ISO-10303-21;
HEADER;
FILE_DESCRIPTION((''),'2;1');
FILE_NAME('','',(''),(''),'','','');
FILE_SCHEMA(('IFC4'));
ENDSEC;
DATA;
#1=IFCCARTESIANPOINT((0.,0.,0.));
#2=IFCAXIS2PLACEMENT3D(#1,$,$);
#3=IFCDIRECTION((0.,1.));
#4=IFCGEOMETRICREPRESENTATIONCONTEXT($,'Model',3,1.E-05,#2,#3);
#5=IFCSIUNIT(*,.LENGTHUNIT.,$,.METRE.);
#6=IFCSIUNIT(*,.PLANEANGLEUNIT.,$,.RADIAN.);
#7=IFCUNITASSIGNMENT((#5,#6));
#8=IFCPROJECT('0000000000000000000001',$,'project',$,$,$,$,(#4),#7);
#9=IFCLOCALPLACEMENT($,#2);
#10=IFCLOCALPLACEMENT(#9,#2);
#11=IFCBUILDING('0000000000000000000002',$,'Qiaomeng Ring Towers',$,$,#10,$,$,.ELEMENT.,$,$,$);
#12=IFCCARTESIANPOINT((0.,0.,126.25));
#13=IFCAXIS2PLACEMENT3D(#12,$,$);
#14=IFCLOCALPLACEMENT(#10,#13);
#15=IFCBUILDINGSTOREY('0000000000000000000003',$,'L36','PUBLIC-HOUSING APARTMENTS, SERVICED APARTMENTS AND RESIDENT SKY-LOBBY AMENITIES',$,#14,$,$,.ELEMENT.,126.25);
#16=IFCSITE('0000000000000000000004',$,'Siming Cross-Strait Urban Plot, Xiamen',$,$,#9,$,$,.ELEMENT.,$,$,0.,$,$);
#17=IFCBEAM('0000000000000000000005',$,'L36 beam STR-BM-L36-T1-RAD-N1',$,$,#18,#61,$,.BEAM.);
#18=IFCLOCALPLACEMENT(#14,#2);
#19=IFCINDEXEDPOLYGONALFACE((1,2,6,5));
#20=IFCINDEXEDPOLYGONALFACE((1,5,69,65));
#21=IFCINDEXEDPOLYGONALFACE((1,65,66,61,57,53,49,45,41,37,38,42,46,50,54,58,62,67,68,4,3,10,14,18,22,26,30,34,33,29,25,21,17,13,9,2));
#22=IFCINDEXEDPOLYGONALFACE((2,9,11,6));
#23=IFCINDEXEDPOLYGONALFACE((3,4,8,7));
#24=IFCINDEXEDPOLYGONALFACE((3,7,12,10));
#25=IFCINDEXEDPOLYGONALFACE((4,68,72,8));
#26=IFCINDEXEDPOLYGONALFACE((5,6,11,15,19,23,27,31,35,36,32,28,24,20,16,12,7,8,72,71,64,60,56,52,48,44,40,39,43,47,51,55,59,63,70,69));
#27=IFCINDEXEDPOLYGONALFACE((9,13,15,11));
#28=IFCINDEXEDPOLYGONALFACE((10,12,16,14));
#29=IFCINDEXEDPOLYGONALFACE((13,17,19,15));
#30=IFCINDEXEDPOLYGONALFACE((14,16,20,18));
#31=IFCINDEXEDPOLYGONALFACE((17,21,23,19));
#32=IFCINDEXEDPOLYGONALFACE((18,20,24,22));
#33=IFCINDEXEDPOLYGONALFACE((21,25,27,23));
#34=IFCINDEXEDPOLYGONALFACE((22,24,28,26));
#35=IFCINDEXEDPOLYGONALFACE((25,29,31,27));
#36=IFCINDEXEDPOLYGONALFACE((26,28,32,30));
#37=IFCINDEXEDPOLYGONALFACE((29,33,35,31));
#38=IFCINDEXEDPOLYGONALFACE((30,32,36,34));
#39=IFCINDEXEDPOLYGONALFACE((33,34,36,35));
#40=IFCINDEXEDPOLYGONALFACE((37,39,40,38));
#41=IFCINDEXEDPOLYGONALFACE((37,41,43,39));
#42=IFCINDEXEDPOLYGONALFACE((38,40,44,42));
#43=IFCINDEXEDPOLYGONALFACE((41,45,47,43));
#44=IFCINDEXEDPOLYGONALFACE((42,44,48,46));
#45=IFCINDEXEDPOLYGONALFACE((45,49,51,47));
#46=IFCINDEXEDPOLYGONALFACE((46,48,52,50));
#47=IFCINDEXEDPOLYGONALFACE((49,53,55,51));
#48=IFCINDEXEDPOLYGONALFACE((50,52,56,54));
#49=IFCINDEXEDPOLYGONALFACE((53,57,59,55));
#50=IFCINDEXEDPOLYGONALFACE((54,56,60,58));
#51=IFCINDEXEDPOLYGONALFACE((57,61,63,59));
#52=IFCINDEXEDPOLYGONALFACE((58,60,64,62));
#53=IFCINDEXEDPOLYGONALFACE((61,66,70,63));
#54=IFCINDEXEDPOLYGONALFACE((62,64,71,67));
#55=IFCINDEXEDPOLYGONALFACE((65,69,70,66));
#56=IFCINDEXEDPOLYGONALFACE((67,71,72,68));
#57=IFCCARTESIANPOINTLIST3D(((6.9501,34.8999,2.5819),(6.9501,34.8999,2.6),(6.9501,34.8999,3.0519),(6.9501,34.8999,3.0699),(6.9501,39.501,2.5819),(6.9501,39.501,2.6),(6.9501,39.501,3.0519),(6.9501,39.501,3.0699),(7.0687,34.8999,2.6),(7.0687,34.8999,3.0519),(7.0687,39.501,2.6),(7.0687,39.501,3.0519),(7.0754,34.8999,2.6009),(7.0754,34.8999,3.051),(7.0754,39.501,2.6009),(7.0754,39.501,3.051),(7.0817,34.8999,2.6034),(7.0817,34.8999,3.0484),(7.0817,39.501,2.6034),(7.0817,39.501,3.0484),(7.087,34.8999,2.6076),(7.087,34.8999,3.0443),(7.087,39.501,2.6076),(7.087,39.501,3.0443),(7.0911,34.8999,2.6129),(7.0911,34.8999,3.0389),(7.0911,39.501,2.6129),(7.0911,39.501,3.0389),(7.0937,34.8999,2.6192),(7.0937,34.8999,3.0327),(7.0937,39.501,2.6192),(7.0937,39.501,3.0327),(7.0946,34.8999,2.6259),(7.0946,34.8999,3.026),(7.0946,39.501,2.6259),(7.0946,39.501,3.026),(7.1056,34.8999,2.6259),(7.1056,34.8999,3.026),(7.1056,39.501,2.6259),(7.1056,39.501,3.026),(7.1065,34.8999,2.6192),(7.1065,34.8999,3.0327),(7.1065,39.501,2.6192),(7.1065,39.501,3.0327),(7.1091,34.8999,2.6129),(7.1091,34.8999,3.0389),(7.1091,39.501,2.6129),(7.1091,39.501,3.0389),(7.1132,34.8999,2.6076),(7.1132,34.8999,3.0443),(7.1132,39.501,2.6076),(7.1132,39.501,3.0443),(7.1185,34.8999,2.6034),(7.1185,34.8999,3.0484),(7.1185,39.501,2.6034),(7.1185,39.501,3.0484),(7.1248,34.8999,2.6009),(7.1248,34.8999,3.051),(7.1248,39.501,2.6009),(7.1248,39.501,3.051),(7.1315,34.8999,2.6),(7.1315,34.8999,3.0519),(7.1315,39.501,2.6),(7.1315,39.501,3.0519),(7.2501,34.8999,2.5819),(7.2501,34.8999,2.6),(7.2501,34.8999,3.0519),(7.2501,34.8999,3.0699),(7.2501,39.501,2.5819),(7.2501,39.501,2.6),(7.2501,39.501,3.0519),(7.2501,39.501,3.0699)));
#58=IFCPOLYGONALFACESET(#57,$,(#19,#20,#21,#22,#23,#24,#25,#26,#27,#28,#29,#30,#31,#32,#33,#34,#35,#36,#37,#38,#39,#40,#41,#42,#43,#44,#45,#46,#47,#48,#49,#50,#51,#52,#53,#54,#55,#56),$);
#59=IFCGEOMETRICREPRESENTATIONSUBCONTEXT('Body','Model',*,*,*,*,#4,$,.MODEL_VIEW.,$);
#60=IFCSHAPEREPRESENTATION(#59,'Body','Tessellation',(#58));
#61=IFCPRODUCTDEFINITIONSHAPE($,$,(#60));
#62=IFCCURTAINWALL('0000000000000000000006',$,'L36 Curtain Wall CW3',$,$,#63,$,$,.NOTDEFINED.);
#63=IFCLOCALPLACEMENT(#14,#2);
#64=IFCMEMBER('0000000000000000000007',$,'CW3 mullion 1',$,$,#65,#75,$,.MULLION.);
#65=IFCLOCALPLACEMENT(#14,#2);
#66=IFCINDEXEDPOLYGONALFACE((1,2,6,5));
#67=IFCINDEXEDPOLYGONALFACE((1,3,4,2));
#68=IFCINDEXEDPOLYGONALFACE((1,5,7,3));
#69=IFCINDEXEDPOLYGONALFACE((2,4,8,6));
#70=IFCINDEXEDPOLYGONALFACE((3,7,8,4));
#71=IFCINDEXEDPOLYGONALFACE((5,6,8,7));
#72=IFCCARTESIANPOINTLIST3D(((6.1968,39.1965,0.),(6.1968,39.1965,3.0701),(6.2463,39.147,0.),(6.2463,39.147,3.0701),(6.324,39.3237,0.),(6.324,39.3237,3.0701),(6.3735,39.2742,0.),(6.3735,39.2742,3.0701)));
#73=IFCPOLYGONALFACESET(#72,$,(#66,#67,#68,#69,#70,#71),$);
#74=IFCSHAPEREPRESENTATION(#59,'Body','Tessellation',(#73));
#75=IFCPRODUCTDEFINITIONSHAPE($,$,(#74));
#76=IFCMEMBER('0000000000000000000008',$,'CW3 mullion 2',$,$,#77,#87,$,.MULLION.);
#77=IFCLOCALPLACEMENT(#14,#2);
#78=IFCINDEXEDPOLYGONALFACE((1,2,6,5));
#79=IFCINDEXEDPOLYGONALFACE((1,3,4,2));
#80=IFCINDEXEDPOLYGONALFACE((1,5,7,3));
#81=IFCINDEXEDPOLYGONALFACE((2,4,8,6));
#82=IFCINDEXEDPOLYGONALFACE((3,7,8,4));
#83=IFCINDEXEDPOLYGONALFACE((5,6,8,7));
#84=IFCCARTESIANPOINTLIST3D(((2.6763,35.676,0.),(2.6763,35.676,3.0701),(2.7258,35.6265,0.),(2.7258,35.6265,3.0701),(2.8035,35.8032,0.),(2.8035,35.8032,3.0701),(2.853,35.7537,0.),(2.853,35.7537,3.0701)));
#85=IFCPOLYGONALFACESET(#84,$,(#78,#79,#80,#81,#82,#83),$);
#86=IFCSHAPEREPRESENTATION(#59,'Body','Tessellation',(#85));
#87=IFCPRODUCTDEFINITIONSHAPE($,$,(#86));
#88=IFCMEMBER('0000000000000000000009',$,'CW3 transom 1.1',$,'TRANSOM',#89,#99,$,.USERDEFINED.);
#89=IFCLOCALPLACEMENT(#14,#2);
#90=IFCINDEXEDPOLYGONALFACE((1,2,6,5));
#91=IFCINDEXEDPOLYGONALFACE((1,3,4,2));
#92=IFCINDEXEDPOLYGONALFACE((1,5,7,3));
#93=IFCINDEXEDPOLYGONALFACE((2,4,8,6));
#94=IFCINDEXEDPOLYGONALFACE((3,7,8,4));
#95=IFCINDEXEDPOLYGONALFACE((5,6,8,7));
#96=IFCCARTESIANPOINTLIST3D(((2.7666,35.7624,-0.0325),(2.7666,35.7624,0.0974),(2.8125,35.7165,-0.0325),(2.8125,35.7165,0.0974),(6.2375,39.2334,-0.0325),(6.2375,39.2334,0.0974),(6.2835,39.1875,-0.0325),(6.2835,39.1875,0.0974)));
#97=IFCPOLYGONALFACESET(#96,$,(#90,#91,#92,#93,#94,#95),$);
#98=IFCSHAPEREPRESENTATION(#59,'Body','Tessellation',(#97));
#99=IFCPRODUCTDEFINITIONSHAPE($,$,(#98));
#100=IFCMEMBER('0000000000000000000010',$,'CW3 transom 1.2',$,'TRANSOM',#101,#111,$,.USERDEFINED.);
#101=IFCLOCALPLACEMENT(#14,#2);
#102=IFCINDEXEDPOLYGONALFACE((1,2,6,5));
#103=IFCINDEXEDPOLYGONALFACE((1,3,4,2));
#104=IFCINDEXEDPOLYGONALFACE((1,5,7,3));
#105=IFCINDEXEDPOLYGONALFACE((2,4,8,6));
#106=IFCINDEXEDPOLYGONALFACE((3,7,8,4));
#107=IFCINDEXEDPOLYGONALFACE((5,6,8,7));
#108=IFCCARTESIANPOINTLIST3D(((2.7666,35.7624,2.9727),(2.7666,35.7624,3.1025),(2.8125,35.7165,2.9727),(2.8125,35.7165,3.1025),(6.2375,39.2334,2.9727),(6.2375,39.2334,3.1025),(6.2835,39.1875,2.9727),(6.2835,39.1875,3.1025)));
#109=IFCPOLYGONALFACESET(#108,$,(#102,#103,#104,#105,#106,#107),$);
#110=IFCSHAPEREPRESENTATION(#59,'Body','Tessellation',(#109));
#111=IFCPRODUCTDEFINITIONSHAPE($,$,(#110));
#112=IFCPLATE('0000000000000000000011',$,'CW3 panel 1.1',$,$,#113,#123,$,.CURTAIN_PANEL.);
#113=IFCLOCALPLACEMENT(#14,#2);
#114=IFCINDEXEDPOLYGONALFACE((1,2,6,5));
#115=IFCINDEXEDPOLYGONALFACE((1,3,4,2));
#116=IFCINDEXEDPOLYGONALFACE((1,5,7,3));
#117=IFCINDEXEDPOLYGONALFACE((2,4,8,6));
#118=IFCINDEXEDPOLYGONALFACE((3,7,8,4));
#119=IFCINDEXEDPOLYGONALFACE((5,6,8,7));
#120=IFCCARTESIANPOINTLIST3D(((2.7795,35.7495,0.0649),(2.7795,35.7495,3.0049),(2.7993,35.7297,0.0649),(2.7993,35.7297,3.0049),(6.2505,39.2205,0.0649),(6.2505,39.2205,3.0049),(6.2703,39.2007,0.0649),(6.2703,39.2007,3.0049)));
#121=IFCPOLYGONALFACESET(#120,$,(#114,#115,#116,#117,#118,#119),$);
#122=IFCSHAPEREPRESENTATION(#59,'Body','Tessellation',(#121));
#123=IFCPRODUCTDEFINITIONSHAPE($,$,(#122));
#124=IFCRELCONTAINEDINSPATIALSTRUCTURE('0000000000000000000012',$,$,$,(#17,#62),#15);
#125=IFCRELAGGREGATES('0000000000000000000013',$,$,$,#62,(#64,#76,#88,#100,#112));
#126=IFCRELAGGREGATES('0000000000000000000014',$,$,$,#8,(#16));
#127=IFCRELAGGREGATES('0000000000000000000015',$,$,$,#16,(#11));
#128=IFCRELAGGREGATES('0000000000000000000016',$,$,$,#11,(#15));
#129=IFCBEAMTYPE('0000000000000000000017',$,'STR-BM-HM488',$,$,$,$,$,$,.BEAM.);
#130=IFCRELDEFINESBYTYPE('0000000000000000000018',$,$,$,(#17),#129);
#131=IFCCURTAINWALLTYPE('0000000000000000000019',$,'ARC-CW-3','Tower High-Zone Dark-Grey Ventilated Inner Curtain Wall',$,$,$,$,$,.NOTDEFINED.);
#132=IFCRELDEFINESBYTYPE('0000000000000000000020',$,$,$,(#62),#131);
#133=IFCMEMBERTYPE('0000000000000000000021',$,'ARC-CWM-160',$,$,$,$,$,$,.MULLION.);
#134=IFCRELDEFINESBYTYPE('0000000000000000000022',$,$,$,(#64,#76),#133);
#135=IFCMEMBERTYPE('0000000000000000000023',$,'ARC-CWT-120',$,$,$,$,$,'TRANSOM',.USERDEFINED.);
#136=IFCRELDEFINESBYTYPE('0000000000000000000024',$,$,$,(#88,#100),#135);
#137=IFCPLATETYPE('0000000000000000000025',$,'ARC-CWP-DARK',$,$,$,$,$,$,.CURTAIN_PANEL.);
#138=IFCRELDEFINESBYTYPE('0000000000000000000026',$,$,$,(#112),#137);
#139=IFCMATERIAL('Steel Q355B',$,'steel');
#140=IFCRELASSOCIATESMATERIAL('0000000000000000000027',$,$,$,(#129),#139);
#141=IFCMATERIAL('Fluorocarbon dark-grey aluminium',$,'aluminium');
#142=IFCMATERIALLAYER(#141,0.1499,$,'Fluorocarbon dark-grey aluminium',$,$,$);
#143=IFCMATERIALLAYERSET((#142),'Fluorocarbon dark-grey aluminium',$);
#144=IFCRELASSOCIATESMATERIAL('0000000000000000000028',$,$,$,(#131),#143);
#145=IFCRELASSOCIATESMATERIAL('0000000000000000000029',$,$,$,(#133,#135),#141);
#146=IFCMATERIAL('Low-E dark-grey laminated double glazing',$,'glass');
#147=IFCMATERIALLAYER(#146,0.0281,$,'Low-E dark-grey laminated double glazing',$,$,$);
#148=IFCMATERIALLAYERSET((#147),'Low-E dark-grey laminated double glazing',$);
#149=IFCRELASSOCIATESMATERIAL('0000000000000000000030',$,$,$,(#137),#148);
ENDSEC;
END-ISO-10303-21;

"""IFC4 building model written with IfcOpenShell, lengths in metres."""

from ifc_helpers import new_model, si_unit, direction, frame, origin, origin_2d, place, context, subcontext, project, spatial, rectangle, i_section, extrude, source, transform, mapped, material, layer, layer_set, material_profile, profile_set, type_object, element, aggregate, save


model = new_model("IFC4")

# Units and contexts
model_context = context("Model", 3, precision=1e-05, world=origin(), true_north=direction((0.0, 1.0)))
body_context = subcontext(model_context, "Body", "Model", "MODEL_VIEW")
ifc_project = project(units=[si_unit("LENGTHUNIT", "METRE"), si_unit("PLANEANGLEUNIT", "RADIAN")], contexts=[model_context])

# Site, building, storey
site_placement = place(None, origin())
site = spatial("IfcSite", under=ifc_project, at=site_placement, Name="Siming Cross-Strait Urban Plot, Xiamen", CompositionType="ELEMENT", RefElevation=0.0)
building_placement = place(site_placement, origin())
building = spatial("IfcBuilding", under=site, at=building_placement, Name="Qiaomeng Ring Towers", CompositionType="ELEMENT")
storey_placement = place(building_placement, frame((0.0, 0.0, 126.25)))
storey = spatial("IfcBuildingStorey", under=building, at=storey_placement, Name="L36", Description="PUBLIC-HOUSING APARTMENTS, SERVICED APARTMENTS AND RESIDENT SKY-LOBBY AMENITIES", CompositionType="ELEMENT", Elevation=126.25)

# Beam
ifc_material_1 = material(Name="Steel Q355B", Category="steel")
ifc_material_profile_1 = material_profile(ifc_material_1, i_section(OverallWidth=0.3, OverallDepth=0.488, WebThickness=0.011, FlangeThickness=0.0181, FilletRadius=0.0259, at=origin_2d()), Name="HM 488x300x11x18")
ifc_profile_set_1 = profile_set([ifc_material_profile_1], Name="Steel Q355B")
beam_type_1 = type_object("IfcBeamType", Name="STR-BM-HM488", PredefinedType="BEAM", material=ifc_profile_set_1)
shared_shape_1 = source(origin(), body_context, "Body", "SweptSolid", [
    extrude(i_section(OverallWidth=0.3, OverallDepth=0.488, WebThickness=0.011, FlangeThickness=0.0181, FilletRadius=0.0259, at=origin_2d()), origin(), (0.0, 0.0, 1.0), 4.6011),
])
beam_1_placement = place(storey_placement, frame((7.1001, 39.501, 2.8259), z_axis=(0.0, -1.0, 0.0), x_axis=(1.0, 0.0, 0.0)))
element("IfcBeam", 1, at=beam_1_placement, inside=storey, type_object=beam_type_1, Name="L36 beam STR-BM-L36-T1-RAD-N1", PredefinedType="BEAM", context=body_context, shape_type="MappedRepresentation", body=[
    mapped(shared_shape_1, transform((0.0, 0.0, 0.0), x_axis=(1.0, 0.0, 0.0), y_axis=(0.0, 1.0, 0.0), z_axis=(0.0, 0.0, 1.0), scale=1.0)),
])

# Curtain wall, members, plate
ifc_material_2 = material(Name="Fluorocarbon dark-grey aluminium", Category="aluminium")
ifc_layer_1 = layer(ifc_material_2, 0.1499, Name="Fluorocarbon dark-grey aluminium")
ifc_layer_set_1 = layer_set([ifc_layer_1], Name="Fluorocarbon dark-grey aluminium")
curtain_wall_type = type_object("IfcCurtainWallType", Name="ARC-CW-3", Description="Tower High-Zone Dark-Grey Ventilated Inner Curtain Wall", PredefinedType="NOTDEFINED", material=ifc_layer_set_1)
curtain_wall_placement = place(storey_placement, origin())
curtain_wall = element("IfcCurtainWall", 2, at=curtain_wall_placement, inside=storey, type_object=curtain_wall_type, Name="L36 Curtain Wall CW3", PredefinedType="NOTDEFINED")
ifc_material_profile_2 = material_profile(ifc_material_2, rectangle(XDim=0.0701, YDim=0.1799, at=origin_2d()), Name="ALU MULL 70x180")
ifc_profile_set_2 = profile_set([ifc_material_profile_2], Name="Fluorocarbon dark-grey aluminium")
member_type_1 = type_object("IfcMemberType", Name="ARC-CWM-160", PredefinedType="MULLION", material=ifc_profile_set_2)
shared_shape_2 = source(origin(), body_context, "Body", "SweptSolid", [
    extrude(rectangle(XDim=0.0701, YDim=0.1799, at=origin_2d()), origin(), (0.0, 0.0, 1.0), 3.0701),
])
member_1_placement = place(storey_placement, frame((6.2852, 39.2354, 0.0), z_axis=(0.0, 0.0, 1.0), x_axis=(0.707107, -0.707107, 0.0)))
member_1 = element("IfcMember", 3, at=member_1_placement, type_object=member_type_1, Name="CW3 mullion 1", PredefinedType="MULLION", context=body_context, shape_type="MappedRepresentation", body=[
    mapped(shared_shape_2, transform((0.0, 0.0, 0.0), x_axis=(1.0, 0.0, 0.0), y_axis=(0.0, 1.0, 0.0), z_axis=(0.0, 0.0, 1.0), scale=1.0)),
])
member_2_placement = place(storey_placement, frame((2.7646, 35.7148, 0.0), z_axis=(0.0, 0.0, 1.0), x_axis=(0.707107, -0.707107, 0.0)))
member_2 = element("IfcMember", 4, at=member_2_placement, type_object=member_type_1, Name="CW3 mullion 2", PredefinedType="MULLION", context=body_context, shape_type="MappedRepresentation", body=[
    mapped(shared_shape_2, transform((0.0, 0.0, 0.0), x_axis=(1.0, 0.0, 0.0), y_axis=(0.0, 1.0, 0.0), z_axis=(0.0, 0.0, 1.0), scale=1.0)),
])
ifc_material_profile_3 = material_profile(ifc_material_2, rectangle(XDim=0.0649, YDim=0.1299, at=origin_2d()), Name="ALU TRAN 65x130")
ifc_profile_set_3 = profile_set([ifc_material_profile_3], Name="Fluorocarbon dark-grey aluminium")
member_type_2 = type_object("IfcMemberType", Name="ARC-CWT-120", ElementType="TRANSOM", PredefinedType="USERDEFINED", material=ifc_profile_set_3)
shared_shape_3 = source(origin(), body_context, "Body", "SweptSolid", [
    extrude(rectangle(XDim=0.0649, YDim=0.1299, at=origin_2d()), origin(), (0.0, 0.0, 1.0), 4.9087),
])
member_3_placement = place(storey_placement, frame((6.2605, 39.2104, 0.0325), z_axis=(-0.707107, -0.707107, 0.0), x_axis=(0.707107, -0.707107, 0.0)))
member_3 = element("IfcMember", 5, at=member_3_placement, type_object=member_type_2, Name="CW3 transom 1.1", ObjectType="TRANSOM", PredefinedType="USERDEFINED", context=body_context, shape_type="MappedRepresentation", body=[
    mapped(shared_shape_3, transform((0.0, 0.0, 0.0), x_axis=(1.0, 0.0, 0.0), y_axis=(0.0, 1.0, 0.0), z_axis=(0.0, 0.0, 1.0), scale=1.0)),
])
member_4_placement = place(storey_placement, frame((6.2605, 39.2104, 3.0376), z_axis=(-0.707107, -0.707107, 0.0), x_axis=(0.707107, -0.707107, 0.0)))
member_4 = element("IfcMember", 6, at=member_4_placement, type_object=member_type_2, Name="CW3 transom 1.2", ObjectType="TRANSOM", PredefinedType="USERDEFINED", context=body_context, shape_type="MappedRepresentation", body=[
    mapped(shared_shape_3, transform((0.0, 0.0, 0.0), x_axis=(1.0, 0.0, 0.0), y_axis=(0.0, 1.0, 0.0), z_axis=(0.0, 0.0, 1.0), scale=1.0)),
])
ifc_material_3 = material(Name="Low-E dark-grey laminated double glazing", Category="glass")
ifc_layer_2 = layer(ifc_material_3, 0.0281, Name="Low-E dark-grey laminated double glazing")
ifc_layer_set_2 = layer_set([ifc_layer_2], Name="Low-E dark-grey laminated double glazing")
plate_type = type_object("IfcPlateType", Name="ARC-CWP-DARK", PredefinedType="CURTAIN_PANEL", material=ifc_layer_set_2)
shared_shape_4 = source(origin(), body_context, "Body", "SweptSolid", [
    extrude(rectangle(XDim=4.9087, YDim=0.0281, at=origin_2d()), origin(), (0.0, 0.0, 1.0), 2.9399),
])
plate_placement = place(storey_placement, frame((4.5249, 37.4751, 0.0649), z_axis=(0.0, 0.0, 1.0), x_axis=(-0.707107, -0.707107, 0.0)))
plate = element("IfcPlate", 7, at=plate_placement, type_object=plate_type, Name="CW3 panel 1.1", PredefinedType="CURTAIN_PANEL", context=body_context, shape_type="MappedRepresentation", body=[
    mapped(shared_shape_4, transform((0.0, 0.0, 0.0), x_axis=(1.0, 0.0, 0.0), y_axis=(0.0, 1.0, 0.0), z_axis=(0.0, 0.0, 1.0), scale=1.0)),
])
aggregate(curtain_wall, [member_1, member_2, member_3, member_4, plate])

save(model, "model.ifc")
